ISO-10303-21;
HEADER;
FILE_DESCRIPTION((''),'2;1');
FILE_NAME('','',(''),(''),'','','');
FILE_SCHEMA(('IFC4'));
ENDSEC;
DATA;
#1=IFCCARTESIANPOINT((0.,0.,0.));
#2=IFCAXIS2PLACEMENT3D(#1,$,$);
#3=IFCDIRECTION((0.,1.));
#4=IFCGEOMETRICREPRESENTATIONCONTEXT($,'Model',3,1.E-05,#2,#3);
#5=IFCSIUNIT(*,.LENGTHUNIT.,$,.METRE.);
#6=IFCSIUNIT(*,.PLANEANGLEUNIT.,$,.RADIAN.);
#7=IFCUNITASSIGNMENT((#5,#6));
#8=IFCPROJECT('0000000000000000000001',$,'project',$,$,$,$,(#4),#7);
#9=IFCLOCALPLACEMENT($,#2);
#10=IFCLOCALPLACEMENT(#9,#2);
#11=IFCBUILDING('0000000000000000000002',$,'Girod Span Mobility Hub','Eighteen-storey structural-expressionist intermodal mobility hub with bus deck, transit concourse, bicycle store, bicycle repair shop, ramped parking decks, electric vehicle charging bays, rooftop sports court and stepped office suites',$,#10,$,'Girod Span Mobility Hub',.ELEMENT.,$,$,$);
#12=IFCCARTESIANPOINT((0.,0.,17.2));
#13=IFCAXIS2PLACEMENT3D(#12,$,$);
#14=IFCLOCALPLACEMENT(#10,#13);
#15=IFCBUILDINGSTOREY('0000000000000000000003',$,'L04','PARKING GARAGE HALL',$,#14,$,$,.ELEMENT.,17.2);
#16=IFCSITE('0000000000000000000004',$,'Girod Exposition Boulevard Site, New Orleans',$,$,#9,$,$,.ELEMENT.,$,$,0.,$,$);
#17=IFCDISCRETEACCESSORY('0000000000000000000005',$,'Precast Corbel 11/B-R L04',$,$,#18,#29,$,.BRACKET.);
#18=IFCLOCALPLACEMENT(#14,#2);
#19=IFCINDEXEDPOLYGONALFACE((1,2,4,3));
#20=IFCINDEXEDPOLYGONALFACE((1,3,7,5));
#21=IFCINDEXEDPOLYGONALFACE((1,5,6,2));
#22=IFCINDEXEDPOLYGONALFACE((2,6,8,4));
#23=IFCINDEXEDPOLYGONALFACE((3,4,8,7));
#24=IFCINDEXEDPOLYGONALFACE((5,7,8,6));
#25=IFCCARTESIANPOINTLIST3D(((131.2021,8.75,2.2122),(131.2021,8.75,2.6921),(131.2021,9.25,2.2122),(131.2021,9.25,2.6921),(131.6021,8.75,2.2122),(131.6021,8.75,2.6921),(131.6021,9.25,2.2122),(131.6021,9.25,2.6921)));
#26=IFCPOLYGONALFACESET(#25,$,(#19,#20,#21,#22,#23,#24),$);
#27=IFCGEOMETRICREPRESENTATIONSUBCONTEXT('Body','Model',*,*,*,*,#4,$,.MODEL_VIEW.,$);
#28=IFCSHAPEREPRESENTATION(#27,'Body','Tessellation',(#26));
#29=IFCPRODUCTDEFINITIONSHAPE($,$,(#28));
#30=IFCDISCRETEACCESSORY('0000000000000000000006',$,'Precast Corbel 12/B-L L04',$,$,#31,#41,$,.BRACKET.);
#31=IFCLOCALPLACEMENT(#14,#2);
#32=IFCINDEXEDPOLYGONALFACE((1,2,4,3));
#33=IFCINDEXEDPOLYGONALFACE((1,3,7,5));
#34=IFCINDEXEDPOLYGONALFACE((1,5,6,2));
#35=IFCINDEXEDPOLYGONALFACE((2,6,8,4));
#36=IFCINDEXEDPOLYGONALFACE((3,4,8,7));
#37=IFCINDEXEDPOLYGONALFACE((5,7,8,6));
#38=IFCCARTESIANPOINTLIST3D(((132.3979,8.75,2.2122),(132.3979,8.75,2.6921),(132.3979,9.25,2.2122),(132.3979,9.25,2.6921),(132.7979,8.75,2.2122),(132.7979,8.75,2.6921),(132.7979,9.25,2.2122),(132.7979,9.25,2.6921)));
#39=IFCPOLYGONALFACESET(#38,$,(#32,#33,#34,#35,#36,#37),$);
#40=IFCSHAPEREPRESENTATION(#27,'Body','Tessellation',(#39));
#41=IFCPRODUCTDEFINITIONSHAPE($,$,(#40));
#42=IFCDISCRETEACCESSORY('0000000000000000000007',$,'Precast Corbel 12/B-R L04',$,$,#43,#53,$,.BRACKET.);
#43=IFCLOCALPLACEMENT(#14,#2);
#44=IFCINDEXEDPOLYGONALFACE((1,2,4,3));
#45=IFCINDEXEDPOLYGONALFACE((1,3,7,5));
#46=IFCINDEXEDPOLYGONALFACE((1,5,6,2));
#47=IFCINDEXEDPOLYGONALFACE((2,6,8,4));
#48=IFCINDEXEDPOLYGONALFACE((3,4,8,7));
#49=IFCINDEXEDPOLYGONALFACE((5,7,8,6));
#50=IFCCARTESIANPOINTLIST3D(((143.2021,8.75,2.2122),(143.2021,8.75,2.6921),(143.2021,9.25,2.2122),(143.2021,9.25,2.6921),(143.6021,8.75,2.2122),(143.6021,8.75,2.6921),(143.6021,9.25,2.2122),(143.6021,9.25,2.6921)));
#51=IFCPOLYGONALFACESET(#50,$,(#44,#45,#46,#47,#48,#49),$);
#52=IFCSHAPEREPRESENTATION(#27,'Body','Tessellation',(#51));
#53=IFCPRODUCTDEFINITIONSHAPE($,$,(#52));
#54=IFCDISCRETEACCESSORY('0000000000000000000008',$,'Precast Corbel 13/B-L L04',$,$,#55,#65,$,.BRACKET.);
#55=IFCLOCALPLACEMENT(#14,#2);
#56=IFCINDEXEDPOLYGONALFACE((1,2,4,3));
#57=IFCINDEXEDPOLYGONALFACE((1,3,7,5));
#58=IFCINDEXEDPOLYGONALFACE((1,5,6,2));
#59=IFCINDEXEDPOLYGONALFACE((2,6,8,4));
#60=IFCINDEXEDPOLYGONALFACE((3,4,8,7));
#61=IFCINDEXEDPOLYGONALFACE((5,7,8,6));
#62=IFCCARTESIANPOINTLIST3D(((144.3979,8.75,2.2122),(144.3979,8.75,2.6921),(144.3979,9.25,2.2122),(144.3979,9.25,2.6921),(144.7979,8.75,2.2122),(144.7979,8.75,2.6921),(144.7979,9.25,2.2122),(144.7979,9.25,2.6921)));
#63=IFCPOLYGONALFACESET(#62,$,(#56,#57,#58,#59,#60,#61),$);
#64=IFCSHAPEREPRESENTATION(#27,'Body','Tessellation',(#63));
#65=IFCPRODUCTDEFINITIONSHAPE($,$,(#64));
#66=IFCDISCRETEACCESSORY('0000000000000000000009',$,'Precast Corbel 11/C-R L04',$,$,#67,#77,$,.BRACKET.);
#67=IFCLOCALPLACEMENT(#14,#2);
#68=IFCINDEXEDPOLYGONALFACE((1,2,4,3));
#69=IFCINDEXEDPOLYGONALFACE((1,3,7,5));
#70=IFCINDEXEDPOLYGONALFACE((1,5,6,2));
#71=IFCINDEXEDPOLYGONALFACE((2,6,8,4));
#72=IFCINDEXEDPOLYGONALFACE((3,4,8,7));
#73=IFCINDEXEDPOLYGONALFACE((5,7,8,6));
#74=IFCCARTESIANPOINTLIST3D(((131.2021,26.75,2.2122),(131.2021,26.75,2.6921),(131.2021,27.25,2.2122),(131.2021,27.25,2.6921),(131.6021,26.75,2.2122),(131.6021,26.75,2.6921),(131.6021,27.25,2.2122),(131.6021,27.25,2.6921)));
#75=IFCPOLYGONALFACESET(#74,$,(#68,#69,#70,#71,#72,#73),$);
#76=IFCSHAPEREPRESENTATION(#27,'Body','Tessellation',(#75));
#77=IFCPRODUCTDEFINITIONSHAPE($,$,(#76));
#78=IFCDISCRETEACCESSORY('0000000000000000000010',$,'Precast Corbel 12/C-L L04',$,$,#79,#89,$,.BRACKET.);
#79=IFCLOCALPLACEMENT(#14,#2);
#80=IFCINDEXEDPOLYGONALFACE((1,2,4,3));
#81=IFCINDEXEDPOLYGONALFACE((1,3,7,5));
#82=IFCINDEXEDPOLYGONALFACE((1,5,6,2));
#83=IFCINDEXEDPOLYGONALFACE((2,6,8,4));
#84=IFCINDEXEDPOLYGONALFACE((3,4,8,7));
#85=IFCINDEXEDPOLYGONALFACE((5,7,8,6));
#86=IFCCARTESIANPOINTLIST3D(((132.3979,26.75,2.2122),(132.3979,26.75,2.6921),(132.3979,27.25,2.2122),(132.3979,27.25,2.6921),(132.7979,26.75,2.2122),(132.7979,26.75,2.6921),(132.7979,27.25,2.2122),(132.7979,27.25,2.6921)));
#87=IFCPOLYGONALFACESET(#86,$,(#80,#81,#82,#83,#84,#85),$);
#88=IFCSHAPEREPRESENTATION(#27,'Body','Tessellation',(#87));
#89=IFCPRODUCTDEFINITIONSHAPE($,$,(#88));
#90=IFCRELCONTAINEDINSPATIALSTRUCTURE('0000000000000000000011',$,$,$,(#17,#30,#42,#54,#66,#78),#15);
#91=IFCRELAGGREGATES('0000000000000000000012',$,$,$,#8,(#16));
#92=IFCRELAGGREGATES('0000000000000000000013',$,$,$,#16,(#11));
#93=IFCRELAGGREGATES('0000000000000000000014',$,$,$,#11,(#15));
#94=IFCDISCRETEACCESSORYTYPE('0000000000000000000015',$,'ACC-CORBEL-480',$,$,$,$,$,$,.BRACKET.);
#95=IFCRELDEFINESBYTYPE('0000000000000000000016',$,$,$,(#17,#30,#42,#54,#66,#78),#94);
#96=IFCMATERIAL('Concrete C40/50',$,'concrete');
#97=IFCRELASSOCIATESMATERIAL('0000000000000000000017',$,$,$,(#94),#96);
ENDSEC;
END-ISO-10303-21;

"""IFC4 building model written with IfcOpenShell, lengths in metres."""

from ifc_helpers import new_model, si_unit, direction, frame, origin, origin_2d, place, context, subcontext, project, spatial, rectangle, extrude, material, type_object, element, save


model = new_model("IFC4")

# Units and contexts
model_context = context("Model", 3, precision=1e-05, world=origin(), true_north=direction((0.0, 1.0)))
body_context = subcontext(model_context, "Body", "Model", "MODEL_VIEW")
ifc_project = project(units=[si_unit("LENGTHUNIT", "METRE"), si_unit("PLANEANGLEUNIT", "RADIAN")], contexts=[model_context])

# Site, building, storey
site_placement = place(None, origin())
site = spatial("IfcSite", under=ifc_project, at=site_placement, Name="Girod Exposition Boulevard Site, New Orleans", CompositionType="ELEMENT", RefElevation=0.0)
building_placement = place(site_placement, origin())
building = spatial("IfcBuilding", under=site, at=building_placement, Name="Girod Span Mobility Hub", Description="Eighteen-storey structural-expressionist intermodal mobility hub with bus deck, transit concourse, bicycle store, bicycle repair shop, ramped parking decks, electric vehicle charging bays, rooftop sports court and stepped office suites", LongName="Girod Span Mobility Hub", CompositionType="ELEMENT")
storey_placement = place(building_placement, frame((0.0, 0.0, 17.2)))
storey = spatial("IfcBuildingStorey", under=building, at=storey_placement, Name="L04", Description="PARKING GARAGE HALL", CompositionType="ELEMENT", Elevation=17.2)

# Discrete accessories
ifc_material_1 = material(Name="Concrete C40/50", Category="concrete")
discrete_accessory_type = type_object("IfcDiscreteAccessoryType", Name="ACC-CORBEL-480", PredefinedType="BRACKET", material=ifc_material_1)
for number, where, z_axis, x_axis, name in (
    (1, (131.4021, 9.0, 2.2122), (0.0, 0.0, 1.0), (1.0, 0.0, 0.0), "Precast Corbel 11/B-R L04"),
    (2, (132.5979, 9.0, 2.2122), (0.0, 0.0, 1.0), (1.0, 0.0, 0.0), "Precast Corbel 12/B-L L04"),
    (3, (143.4021, 9.0, 2.2122), (0.0, 0.0, 1.0), (1.0, 0.0, 0.0), "Precast Corbel 12/B-R L04"),
    (4, (144.5979, 9.0, 2.2122), (0.0, 0.0, 1.0), (1.0, 0.0, 0.0), "Precast Corbel 13/B-L L04"),
    (5, (131.4021, 27.0, 2.2122), (0.0, 0.0, 1.0), (1.0, 0.0, 0.0), "Precast Corbel 11/C-R L04"),
    (6, (132.5979, 27.0, 2.2122), (0.0, 0.0, 1.0), (1.0, 0.0, 0.0), "Precast Corbel 12/C-L L04"),
):
    element("IfcDiscreteAccessory", number, at=place(storey_placement, frame(where, z_axis=z_axis, x_axis=x_axis)), inside=storey, type_object=discrete_accessory_type, Name=name, PredefinedType="BRACKET", context=body_context, shape_type="SweptSolid", body=[
        extrude(rectangle(XDim=0.3999, YDim=0.5, at=origin_2d()), origin(), (0.0, 0.0, 1.0), 0.48),
    ])

save(model, "model.ifc")
